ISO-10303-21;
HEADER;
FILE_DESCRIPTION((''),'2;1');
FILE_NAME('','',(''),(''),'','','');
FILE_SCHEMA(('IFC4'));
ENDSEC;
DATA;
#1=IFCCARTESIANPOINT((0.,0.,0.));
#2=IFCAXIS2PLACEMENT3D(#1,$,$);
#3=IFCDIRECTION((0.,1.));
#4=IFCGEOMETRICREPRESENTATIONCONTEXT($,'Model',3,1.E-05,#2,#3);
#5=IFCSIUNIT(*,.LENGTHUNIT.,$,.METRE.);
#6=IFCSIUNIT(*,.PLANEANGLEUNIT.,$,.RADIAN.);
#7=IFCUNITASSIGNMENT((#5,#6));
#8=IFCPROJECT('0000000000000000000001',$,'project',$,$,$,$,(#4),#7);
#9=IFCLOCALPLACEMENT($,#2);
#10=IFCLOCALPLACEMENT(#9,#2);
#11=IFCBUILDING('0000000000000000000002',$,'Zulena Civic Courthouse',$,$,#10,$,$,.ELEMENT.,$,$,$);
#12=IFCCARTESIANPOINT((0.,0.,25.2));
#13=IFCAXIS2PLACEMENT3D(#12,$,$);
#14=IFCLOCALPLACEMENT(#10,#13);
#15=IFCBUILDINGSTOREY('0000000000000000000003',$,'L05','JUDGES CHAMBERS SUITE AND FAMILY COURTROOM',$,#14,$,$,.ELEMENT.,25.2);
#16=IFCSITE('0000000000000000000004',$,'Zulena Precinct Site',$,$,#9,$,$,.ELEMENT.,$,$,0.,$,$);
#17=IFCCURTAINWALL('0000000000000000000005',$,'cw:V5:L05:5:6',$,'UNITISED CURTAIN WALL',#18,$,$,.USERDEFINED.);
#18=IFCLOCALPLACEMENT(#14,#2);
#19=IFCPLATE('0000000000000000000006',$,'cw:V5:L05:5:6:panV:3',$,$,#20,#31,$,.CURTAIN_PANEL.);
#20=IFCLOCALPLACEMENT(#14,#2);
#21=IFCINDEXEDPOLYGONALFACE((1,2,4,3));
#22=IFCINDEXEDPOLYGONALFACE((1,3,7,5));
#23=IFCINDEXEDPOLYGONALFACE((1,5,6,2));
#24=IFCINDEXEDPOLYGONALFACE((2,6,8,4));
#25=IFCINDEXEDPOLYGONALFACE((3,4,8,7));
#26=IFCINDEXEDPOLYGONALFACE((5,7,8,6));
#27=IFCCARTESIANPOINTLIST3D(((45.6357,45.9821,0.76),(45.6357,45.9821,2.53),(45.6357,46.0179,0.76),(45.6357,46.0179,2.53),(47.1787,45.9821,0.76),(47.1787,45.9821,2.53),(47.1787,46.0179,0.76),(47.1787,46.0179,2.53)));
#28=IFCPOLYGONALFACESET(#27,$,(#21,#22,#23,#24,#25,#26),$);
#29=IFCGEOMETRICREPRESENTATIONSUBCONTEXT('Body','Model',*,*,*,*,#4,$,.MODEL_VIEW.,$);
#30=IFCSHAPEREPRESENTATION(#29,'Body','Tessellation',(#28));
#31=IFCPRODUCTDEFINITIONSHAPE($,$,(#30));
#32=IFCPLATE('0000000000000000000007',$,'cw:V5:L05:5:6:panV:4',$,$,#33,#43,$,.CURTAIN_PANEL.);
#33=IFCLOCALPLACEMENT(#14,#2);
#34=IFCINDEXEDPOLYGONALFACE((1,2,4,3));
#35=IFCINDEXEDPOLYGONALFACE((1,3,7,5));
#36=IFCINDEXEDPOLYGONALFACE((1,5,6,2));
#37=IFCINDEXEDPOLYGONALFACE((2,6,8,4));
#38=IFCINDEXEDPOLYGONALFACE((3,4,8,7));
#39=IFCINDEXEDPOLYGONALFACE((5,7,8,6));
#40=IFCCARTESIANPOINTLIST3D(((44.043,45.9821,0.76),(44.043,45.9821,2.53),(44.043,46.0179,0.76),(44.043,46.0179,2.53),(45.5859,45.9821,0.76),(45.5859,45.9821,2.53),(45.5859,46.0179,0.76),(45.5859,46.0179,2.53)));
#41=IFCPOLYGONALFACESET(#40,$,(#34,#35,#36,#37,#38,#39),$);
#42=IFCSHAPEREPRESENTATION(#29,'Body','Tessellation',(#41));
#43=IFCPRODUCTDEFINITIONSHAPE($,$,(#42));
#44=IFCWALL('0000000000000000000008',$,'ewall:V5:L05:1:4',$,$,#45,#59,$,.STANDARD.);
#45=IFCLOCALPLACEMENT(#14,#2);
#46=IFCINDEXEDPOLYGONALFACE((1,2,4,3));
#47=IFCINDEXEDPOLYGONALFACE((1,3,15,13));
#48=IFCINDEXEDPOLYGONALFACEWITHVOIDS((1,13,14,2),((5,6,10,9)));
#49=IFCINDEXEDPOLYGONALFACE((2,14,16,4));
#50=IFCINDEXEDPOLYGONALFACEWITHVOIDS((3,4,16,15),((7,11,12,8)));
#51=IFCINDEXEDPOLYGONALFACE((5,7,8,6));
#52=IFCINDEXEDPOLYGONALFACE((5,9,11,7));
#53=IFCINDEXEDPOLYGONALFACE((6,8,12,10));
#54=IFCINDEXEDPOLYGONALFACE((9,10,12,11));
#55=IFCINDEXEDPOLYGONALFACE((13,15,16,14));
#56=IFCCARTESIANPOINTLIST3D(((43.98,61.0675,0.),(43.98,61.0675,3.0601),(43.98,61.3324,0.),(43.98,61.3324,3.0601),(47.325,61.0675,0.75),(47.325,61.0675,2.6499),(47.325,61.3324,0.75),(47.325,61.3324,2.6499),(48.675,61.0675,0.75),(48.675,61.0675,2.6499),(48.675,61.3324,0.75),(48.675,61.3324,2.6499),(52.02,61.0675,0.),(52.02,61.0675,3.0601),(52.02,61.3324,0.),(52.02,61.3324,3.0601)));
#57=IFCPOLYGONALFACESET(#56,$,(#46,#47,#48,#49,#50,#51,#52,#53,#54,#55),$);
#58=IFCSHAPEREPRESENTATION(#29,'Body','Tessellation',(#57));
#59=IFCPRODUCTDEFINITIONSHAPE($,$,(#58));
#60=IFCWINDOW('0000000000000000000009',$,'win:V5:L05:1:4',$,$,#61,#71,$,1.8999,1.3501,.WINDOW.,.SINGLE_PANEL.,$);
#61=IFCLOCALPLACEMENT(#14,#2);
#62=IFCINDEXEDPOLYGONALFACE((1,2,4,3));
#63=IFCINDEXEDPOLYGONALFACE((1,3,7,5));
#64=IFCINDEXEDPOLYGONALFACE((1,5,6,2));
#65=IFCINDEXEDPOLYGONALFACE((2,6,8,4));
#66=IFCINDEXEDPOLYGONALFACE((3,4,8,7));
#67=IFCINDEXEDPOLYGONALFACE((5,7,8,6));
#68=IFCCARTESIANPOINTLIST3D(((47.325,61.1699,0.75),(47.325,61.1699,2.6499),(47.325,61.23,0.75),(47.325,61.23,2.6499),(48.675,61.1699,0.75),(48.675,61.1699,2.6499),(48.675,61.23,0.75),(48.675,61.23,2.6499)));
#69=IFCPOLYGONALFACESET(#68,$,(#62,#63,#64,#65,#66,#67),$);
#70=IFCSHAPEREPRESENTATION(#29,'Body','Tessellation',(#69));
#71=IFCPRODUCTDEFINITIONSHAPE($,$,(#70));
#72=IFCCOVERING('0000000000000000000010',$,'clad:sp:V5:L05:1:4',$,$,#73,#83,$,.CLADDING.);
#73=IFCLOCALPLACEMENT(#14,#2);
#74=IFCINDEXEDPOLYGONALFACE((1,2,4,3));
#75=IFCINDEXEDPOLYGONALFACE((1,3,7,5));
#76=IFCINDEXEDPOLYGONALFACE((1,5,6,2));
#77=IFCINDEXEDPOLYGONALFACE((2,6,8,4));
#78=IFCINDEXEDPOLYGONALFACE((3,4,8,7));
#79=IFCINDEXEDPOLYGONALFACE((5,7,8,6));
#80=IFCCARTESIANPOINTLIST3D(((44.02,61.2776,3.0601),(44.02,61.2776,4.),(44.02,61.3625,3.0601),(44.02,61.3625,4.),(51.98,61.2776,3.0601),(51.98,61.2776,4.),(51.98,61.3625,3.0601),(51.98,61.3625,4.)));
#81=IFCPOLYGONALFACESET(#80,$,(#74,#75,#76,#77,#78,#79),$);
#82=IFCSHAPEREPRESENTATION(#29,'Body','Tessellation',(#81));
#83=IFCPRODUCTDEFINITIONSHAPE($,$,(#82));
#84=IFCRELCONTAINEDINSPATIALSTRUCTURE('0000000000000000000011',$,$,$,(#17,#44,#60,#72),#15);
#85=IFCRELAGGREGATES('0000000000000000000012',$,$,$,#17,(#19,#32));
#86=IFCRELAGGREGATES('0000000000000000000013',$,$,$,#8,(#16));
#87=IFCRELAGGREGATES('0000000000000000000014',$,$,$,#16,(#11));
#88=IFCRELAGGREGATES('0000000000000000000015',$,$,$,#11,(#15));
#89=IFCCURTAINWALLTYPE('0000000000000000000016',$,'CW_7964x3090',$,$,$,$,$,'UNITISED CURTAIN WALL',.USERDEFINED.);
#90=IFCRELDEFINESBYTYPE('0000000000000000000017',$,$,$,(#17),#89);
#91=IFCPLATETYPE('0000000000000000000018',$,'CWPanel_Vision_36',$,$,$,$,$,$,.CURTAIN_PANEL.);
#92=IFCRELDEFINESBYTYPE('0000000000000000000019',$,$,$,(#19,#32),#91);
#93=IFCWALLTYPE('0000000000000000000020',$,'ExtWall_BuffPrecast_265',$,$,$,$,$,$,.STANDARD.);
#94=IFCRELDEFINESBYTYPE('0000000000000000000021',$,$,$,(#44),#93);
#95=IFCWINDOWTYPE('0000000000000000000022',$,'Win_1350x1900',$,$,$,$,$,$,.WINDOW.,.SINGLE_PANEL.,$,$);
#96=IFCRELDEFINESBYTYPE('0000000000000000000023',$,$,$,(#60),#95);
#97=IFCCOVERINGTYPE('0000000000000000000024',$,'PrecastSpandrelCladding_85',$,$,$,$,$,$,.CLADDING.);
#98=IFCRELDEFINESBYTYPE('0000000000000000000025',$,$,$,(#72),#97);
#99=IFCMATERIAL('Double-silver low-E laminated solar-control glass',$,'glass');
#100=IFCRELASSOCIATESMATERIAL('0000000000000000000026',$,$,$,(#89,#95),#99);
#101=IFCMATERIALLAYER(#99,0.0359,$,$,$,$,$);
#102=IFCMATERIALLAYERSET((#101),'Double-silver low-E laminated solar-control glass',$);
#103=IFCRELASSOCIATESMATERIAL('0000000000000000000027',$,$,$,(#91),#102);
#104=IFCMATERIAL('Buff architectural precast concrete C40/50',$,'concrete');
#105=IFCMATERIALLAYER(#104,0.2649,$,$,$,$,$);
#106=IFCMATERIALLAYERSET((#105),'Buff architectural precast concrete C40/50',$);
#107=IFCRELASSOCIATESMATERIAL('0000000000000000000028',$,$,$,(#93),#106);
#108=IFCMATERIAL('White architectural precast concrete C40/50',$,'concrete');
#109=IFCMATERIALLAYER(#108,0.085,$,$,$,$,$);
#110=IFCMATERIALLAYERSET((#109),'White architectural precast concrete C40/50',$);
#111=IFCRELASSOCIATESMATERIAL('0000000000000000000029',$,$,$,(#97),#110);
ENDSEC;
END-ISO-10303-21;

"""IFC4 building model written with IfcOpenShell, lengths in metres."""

from ifc_helpers import new_model, si_unit, direction, frame, frame_2d, origin, origin_2d, place, context, subcontext, project, spatial, rectangle, extrude, material, layer, layer_set, type_object, element, fill, aggregate, save


model = new_model("IFC4")

# Units and contexts
model_context = context("Model", 3, precision=1e-05, world=origin(), true_north=direction((0.0, 1.0)))
body_context = subcontext(model_context, "Body", "Model", "MODEL_VIEW")
ifc_project = project(units=[si_unit("LENGTHUNIT", "METRE"), si_unit("PLANEANGLEUNIT", "RADIAN")], contexts=[model_context])

# Site, building, storey
site_placement = place(None, origin())
site = spatial("IfcSite", under=ifc_project, at=site_placement, Name="Zulena Precinct Site", CompositionType="ELEMENT", RefElevation=0.0)
building_placement = place(site_placement, origin())
building = spatial("IfcBuilding", under=site, at=building_placement, Name="Zulena Civic Courthouse", CompositionType="ELEMENT")
storey_placement = place(building_placement, frame((0.0, 0.0, 25.2)))
storey = spatial("IfcBuildingStorey", under=building, at=storey_placement, Name="L05", Description="JUDGES CHAMBERS SUITE AND FAMILY COURTROOM", CompositionType="ELEMENT", Elevation=25.2)

# Curtain wall
ifc_material_1 = material(Name="Double-silver low-E laminated solar-control glass", Category="glass")
curtain_wall_type = type_object("IfcCurtainWallType", Name="CW_7964x3090", ElementType="UNITISED CURTAIN WALL", PredefinedType="USERDEFINED", material=ifc_material_1)
curtain_wall_placement = place(storey_placement, origin())
curtain_wall = element("IfcCurtainWall", 1, at=curtain_wall_placement, inside=storey, type_object=curtain_wall_type, Name="cw:V5:L05:5:6", ObjectType="UNITISED CURTAIN WALL", PredefinedType="USERDEFINED")

# Plates
ifc_layer_1 = layer(ifc_material_1, 0.0359)
ifc_layer_set_1 = layer_set([ifc_layer_1], Name="Double-silver low-E laminated solar-control glass")
plate_type_1 = type_object("IfcPlateType", Name="CWPanel_Vision_36", PredefinedType="CURTAIN_PANEL", material=ifc_layer_set_1)
plate_1_placement = place(storey_placement, frame((46.4072, 46.0, 0.76), z_axis=(0.0, 0.0, 1.0), x_axis=(-1.0, 0.0, 0.0)))
plate_1 = element("IfcPlate", 2, at=plate_1_placement, type_object=plate_type_1, Name="cw:V5:L05:5:6:panV:3", PredefinedType="CURTAIN_PANEL", context=body_context, shape_type="SweptSolid", body=[
    extrude(rectangle(XDim=1.543, YDim=0.0359, at=origin_2d()), origin(), (0.0, 0.0, 1.0), 1.77),
])
plate_2_placement = place(storey_placement, frame((44.8145, 46.0, 0.76), z_axis=(0.0, 0.0, 1.0), x_axis=(-1.0, 0.0, 0.0)))
plate_2 = element("IfcPlate", 3, at=plate_2_placement, type_object=plate_type_1, Name="cw:V5:L05:5:6:panV:4", PredefinedType="CURTAIN_PANEL", context=body_context, shape_type="SweptSolid", body=[
    extrude(rectangle(XDim=1.543, YDim=0.0359, at=origin_2d()), origin(), (0.0, 0.0, 1.0), 1.77),
])
aggregate(curtain_wall, [plate_1, plate_2])

# Wall, opening, window
ifc_material_2 = material(Name="Buff architectural precast concrete C40/50", Category="concrete")
ifc_layer_2 = layer(ifc_material_2, 0.2649)
ifc_layer_set_2 = layer_set([ifc_layer_2], Name="Buff architectural precast concrete C40/50")
wall_type = type_object("IfcWallType", Name="ExtWall_BuffPrecast_265", PredefinedType="STANDARD", material=ifc_layer_set_2)
wall_placement = place(storey_placement, frame((43.98, 61.2, 0.0), z_axis=(0.0, 0.0, 1.0), x_axis=(1.0, 0.0, 0.0)))
wall = element("IfcWall", 4, at=wall_placement, inside=storey, type_object=wall_type, Name="ewall:V5:L05:1:4", PredefinedType="STANDARD", context=body_context, shape_type="SweptSolid", body=[
    extrude(rectangle(XDim=8.04, YDim=0.2649, at=frame_2d((4.02, 0.0))), origin(), (0.0, 0.0, 1.0), 3.0601),
])
opening_placement = place(wall_placement, frame((3.345, 0.0, 0.75)))
opening = element("IfcOpeningElement", 5, at=opening_placement, cuts=wall, PredefinedType="OPENING", context=body_context, shape_type="SweptSolid", body=[
    extrude(rectangle(XDim=1.3501, YDim=1.8999, at=frame_2d((0.675, 0.95))), frame((0.0, 0.1423, 0.0), z_axis=(0.0, -1.0, 0.0), x_axis=(1.0, 0.0, 0.0)), (0.0, 0.0, 1.0), 0.2849),
])
window_type = type_object("IfcWindowType", Name="Win_1350x1900", PartitioningType="SINGLE_PANEL", PredefinedType="WINDOW", material=ifc_material_1)
window_placement = place(opening_placement, origin())
window = element("IfcWindow", 6, at=window_placement, inside=storey, type_object=window_type, Name="win:V5:L05:1:4", OverallHeight=1.8999, OverallWidth=1.3501, PartitioningType="SINGLE_PANEL", PredefinedType="WINDOW", context=body_context, shape_type="SweptSolid", body=[
    extrude(rectangle(XDim=1.3501, YDim=1.8999, at=frame_2d((0.675, 0.95))), frame((0.0, 0.03, 0.0), z_axis=(0.0, -1.0, 0.0), x_axis=(1.0, 0.0, 0.0)), (0.0, 0.0, 1.0), 0.0601),
])
fill(opening, window)

# Covering
ifc_material_3 = material(Name="White architectural precast concrete C40/50", Category="concrete")
ifc_layer_3 = layer(ifc_material_3, 0.085)
ifc_layer_set_3 = layer_set([ifc_layer_3], Name="White architectural precast concrete C40/50")
covering_type = type_object("IfcCoveringType", Name="PrecastSpandrelCladding_85", PredefinedType="CLADDING", material=ifc_layer_set_3)
covering_placement = place(storey_placement, frame((48.0, 61.3201, 3.0601), z_axis=(0.0, 0.0, 1.0), x_axis=(1.0, 0.0, 0.0)))
element("IfcCovering", 7, at=covering_placement, inside=storey, type_object=covering_type, Name="clad:sp:V5:L05:1:4", PredefinedType="CLADDING", context=body_context, shape_type="SweptSolid", body=[
    extrude(rectangle(XDim=7.96, YDim=0.085, at=origin_2d()), origin(), (0.0, 0.0, 1.0), 0.9399),
])

save(model, "model.ifc")
